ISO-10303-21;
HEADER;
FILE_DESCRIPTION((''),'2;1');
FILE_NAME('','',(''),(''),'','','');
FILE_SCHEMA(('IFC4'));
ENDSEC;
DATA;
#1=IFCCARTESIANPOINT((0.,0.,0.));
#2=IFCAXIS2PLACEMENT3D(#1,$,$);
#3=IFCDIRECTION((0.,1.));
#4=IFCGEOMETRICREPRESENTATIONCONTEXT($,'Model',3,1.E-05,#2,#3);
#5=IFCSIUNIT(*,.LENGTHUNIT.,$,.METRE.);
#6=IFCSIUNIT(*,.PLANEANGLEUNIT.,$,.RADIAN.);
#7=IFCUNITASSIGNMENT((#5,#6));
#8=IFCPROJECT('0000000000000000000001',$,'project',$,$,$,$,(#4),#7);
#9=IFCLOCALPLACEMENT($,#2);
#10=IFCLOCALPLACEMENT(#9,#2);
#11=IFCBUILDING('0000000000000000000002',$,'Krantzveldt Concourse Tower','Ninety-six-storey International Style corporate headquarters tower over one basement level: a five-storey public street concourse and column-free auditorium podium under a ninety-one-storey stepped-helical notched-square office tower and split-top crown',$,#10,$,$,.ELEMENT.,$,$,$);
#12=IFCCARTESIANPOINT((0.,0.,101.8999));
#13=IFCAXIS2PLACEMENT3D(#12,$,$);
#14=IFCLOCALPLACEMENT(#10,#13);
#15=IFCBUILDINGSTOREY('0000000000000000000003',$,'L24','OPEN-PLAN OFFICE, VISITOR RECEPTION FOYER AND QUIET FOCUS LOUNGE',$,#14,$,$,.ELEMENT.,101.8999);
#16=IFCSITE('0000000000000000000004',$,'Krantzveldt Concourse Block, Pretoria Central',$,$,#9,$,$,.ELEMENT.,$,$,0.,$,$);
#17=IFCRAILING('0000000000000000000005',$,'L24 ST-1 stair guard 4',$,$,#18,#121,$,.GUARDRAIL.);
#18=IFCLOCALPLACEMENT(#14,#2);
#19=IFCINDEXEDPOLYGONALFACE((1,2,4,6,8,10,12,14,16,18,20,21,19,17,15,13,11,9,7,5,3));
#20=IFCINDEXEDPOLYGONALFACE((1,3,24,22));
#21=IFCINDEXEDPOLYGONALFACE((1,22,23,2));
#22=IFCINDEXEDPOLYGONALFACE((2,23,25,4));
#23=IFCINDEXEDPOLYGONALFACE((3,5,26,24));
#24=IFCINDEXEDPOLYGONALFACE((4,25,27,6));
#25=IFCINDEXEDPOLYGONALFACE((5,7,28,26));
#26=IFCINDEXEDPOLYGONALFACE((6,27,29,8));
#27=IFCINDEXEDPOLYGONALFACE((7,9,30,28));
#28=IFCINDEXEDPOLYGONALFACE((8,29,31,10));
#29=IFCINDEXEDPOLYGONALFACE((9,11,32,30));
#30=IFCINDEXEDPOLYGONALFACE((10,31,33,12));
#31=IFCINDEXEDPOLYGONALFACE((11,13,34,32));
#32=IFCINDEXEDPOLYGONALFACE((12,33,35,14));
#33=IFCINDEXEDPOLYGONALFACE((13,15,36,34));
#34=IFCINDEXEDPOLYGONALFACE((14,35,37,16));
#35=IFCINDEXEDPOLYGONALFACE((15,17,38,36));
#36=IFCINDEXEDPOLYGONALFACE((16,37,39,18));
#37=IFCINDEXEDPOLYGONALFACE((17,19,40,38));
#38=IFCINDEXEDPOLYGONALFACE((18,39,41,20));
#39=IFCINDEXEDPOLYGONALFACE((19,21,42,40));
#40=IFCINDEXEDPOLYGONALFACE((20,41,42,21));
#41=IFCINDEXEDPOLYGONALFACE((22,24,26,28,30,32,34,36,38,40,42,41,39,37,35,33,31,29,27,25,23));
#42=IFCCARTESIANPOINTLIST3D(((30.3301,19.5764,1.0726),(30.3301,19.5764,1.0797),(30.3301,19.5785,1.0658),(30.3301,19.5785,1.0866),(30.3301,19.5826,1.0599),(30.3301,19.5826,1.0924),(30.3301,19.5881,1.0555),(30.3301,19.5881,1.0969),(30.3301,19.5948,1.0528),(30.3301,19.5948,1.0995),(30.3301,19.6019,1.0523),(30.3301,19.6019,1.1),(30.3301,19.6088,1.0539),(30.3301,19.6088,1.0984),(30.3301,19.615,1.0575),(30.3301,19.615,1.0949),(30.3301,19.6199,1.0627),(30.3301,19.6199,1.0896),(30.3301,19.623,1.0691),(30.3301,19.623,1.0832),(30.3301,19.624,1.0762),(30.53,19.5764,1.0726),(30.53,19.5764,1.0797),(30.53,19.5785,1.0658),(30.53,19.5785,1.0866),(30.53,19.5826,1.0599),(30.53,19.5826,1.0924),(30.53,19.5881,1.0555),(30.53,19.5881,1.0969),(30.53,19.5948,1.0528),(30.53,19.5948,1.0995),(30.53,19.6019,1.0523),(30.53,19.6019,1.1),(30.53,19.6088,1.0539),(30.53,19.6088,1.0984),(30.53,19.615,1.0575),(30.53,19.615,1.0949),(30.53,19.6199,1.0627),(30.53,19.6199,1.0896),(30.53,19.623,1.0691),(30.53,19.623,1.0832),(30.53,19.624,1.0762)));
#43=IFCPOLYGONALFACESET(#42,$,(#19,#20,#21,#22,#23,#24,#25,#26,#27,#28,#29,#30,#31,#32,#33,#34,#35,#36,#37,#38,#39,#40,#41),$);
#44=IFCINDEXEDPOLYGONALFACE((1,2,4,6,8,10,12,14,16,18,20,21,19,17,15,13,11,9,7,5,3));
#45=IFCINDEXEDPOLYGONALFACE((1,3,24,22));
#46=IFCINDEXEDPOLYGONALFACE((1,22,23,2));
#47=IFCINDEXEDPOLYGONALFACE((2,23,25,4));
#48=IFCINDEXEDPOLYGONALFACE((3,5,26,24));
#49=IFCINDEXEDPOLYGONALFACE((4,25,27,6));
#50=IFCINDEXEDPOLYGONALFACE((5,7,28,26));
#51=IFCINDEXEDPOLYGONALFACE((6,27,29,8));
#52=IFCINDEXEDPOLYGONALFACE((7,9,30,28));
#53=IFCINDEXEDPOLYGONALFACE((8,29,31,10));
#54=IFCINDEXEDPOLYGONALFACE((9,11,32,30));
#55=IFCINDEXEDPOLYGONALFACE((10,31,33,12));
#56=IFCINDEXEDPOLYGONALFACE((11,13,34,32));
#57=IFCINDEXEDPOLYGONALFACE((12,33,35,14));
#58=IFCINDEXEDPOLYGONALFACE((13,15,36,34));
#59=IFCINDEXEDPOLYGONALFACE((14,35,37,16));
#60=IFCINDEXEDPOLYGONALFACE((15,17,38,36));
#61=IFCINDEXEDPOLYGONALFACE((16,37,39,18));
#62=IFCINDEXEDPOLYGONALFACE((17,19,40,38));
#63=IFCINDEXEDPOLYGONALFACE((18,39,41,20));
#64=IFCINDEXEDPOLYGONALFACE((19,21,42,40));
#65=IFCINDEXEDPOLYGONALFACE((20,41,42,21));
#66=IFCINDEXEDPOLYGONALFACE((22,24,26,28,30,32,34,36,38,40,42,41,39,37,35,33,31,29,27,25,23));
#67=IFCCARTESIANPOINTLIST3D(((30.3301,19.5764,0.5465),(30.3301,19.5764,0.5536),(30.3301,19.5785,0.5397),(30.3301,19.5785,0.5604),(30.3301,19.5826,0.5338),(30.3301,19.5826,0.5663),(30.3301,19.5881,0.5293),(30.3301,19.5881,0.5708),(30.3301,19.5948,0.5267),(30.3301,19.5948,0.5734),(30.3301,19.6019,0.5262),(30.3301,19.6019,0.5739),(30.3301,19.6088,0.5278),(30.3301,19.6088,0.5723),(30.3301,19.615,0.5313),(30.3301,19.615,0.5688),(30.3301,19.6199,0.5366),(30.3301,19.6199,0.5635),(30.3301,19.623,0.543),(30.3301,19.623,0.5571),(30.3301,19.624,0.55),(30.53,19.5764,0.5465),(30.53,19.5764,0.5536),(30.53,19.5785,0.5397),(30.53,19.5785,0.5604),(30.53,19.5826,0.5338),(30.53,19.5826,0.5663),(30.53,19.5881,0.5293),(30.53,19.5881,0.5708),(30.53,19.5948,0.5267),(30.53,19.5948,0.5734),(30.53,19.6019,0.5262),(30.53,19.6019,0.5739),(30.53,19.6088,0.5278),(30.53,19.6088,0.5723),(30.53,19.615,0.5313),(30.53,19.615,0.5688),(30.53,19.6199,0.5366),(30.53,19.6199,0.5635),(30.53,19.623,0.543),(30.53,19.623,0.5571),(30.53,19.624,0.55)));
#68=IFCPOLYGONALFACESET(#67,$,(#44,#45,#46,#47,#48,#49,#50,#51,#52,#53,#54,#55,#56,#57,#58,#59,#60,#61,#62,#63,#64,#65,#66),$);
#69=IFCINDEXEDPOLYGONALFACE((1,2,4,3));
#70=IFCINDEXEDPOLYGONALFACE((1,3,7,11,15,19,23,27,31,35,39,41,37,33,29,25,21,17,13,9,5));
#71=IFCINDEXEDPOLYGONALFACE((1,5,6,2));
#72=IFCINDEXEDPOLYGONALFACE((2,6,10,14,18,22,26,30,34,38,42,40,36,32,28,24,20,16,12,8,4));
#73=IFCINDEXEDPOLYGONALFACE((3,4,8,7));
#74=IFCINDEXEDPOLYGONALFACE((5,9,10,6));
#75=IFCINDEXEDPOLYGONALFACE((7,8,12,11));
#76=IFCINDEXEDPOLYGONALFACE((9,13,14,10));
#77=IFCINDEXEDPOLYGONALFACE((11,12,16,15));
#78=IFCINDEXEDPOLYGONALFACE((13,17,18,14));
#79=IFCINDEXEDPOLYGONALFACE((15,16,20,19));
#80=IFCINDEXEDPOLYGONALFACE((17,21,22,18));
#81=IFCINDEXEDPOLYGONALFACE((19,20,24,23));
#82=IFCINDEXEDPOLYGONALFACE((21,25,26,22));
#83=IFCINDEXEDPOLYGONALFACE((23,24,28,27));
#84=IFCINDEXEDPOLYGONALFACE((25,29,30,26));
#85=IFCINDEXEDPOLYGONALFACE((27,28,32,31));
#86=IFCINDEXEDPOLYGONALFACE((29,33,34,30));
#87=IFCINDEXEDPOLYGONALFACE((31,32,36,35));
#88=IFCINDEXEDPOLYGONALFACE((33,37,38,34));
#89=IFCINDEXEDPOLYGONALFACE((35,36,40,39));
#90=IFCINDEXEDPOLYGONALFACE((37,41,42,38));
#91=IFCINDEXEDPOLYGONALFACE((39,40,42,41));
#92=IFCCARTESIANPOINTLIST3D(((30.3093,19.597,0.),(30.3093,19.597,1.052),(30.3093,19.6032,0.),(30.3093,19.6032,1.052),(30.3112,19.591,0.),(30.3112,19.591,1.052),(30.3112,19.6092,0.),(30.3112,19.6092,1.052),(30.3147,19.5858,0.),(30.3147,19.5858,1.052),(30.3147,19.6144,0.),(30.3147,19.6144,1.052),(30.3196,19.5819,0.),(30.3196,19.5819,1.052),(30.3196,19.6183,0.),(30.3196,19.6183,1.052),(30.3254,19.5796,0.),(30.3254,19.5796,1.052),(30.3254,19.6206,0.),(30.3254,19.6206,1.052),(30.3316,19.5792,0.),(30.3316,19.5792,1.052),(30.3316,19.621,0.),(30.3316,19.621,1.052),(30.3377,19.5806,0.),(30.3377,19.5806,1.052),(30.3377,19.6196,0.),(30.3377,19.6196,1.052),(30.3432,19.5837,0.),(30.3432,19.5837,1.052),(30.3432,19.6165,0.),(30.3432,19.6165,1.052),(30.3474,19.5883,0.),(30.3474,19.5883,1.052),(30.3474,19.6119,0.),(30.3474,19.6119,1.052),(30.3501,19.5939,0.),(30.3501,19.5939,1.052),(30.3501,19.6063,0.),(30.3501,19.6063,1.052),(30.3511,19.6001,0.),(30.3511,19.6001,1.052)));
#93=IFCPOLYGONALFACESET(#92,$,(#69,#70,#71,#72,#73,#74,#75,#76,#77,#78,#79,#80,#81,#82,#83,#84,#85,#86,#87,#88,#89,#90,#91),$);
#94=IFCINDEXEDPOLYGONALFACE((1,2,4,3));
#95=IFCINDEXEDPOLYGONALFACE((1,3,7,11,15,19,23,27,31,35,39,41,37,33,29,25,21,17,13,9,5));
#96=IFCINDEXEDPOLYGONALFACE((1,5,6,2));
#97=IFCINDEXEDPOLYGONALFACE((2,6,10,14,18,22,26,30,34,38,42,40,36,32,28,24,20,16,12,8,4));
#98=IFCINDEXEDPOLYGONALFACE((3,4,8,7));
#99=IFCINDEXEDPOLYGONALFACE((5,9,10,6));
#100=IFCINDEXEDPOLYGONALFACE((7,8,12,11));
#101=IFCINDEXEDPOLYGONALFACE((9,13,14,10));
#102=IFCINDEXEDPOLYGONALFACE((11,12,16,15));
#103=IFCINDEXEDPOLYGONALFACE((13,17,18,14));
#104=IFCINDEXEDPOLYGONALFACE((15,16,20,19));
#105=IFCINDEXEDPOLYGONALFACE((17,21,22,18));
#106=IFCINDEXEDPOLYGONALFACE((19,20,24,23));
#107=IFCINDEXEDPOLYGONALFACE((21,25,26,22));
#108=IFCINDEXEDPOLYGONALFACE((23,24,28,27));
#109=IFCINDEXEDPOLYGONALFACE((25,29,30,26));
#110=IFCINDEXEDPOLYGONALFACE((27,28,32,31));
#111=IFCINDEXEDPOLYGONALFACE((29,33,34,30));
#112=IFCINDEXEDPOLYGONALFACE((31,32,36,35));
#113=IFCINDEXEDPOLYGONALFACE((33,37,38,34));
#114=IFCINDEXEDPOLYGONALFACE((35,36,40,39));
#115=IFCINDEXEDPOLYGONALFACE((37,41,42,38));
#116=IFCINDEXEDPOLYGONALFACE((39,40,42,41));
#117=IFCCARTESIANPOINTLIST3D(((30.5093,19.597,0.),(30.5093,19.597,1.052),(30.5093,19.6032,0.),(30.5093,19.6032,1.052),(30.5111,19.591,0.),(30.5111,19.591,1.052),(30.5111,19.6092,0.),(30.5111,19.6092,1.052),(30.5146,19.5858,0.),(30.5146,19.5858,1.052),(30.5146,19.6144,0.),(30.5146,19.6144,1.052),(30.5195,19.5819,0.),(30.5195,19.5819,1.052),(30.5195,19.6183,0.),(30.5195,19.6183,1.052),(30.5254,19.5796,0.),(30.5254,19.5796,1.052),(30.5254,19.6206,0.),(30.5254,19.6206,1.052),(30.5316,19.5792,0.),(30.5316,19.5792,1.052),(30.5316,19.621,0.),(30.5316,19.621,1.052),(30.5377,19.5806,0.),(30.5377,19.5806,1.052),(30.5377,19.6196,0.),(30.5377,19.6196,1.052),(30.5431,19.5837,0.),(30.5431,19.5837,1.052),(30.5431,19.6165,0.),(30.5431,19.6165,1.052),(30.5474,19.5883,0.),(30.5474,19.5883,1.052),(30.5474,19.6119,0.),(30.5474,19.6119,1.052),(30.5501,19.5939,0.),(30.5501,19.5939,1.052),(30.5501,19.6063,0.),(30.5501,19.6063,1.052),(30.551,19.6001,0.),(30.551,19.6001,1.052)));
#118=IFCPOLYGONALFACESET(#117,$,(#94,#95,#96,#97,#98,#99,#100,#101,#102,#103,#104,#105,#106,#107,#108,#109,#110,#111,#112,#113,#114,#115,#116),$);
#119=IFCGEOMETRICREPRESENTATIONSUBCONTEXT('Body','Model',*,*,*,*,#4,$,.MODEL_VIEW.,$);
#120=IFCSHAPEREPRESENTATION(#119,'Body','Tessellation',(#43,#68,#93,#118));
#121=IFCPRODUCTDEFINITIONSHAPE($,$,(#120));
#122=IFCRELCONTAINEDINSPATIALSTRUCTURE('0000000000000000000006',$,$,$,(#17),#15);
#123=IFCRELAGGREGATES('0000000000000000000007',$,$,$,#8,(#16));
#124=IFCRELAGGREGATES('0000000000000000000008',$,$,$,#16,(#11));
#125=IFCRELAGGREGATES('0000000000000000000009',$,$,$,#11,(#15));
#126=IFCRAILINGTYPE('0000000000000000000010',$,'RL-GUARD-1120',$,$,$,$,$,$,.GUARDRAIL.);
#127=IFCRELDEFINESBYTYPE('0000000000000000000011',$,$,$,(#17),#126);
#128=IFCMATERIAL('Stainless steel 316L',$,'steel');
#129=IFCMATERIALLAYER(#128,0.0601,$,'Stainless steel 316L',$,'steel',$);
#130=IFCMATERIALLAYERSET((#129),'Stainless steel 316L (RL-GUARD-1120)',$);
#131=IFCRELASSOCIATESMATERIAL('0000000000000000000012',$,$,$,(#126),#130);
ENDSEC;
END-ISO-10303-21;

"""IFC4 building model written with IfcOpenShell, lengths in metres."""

from ifc_helpers import new_model, si_unit, direction, frame, origin, origin_2d, place, context, subcontext, project, spatial, circle, extrude, material, layer, layer_set, type_object, element, save


model = new_model("IFC4")

# Units and contexts
model_context = context("Model", 3, precision=1e-05, world=origin(), true_north=direction((0.0, 1.0)))
body_context = subcontext(model_context, "Body", "Model", "MODEL_VIEW")
ifc_project = project(units=[si_unit("LENGTHUNIT", "METRE"), si_unit("PLANEANGLEUNIT", "RADIAN")], contexts=[model_context])

# Site, building, storey
site_placement = place(None, origin())
site = spatial("IfcSite", under=ifc_project, at=site_placement, Name="Krantzveldt Concourse Block, Pretoria Central", CompositionType="ELEMENT", RefElevation=0.0)
building_placement = place(site_placement, origin())
building = spatial("IfcBuilding", under=site, at=building_placement, Name="Krantzveldt Concourse Tower", Description="Ninety-six-storey International Style corporate headquarters tower over one basement level: a five-storey public street concourse and column-free auditorium podium under a ninety-one-storey stepped-helical notched-square office tower and split-top crown", CompositionType="ELEMENT")
storey_placement = place(building_placement, frame((0.0, 0.0, 101.8999)))
storey = spatial("IfcBuildingStorey", under=building, at=storey_placement, Name="L24", Description="OPEN-PLAN OFFICE, VISITOR RECEPTION FOYER AND QUIET FOCUS LOUNGE", CompositionType="ELEMENT", Elevation=101.8999)

# Railing
ifc_material_1 = material(Name="Stainless steel 316L", Category="steel")
ifc_layer_1 = layer(ifc_material_1, 0.0601, Name="Stainless steel 316L", Category="steel")
ifc_layer_set_1 = layer_set([ifc_layer_1], Name="Stainless steel 316L (RL-GUARD-1120)")
railing_type_1 = type_object("IfcRailingType", Name="RL-GUARD-1120", PredefinedType="GUARDRAIL", material=ifc_layer_set_1)
railing_1_placement = place(storey_placement, frame((30.3301, 19.6001, 0.0)))
element("IfcRailing", 1, at=railing_1_placement, inside=storey, type_object=railing_type_1, Name="L24 ST-1 stair guard 4", PredefinedType="GUARDRAIL", context=body_context, shape_type="SweptSolid", body=[
    extrude(circle(Radius=0.0239, at=origin_2d()), frame((0.0, 0.0, 1.0762), z_axis=(1.0, 0.0, 0.0), x_axis=(0.0, 1.0, 0.0)), (0.0, 0.0, 1.0), 0.2),
    extrude(circle(Radius=0.0239, at=origin_2d()), frame((0.0, 0.0, 0.55), z_axis=(1.0, 0.0, 0.0), x_axis=(0.0, 1.0, 0.0)), (0.0, 0.0, 1.0), 0.2),
    extrude(circle(Radius=0.021, at=origin_2d()), origin(), (0.0, 0.0, 1.0), 1.052),
    extrude(circle(Radius=0.021, at=origin_2d()), frame((0.2, 0.0, 0.0)), (0.0, 0.0, 1.0), 1.052),
])

save(model, "model.ifc")
